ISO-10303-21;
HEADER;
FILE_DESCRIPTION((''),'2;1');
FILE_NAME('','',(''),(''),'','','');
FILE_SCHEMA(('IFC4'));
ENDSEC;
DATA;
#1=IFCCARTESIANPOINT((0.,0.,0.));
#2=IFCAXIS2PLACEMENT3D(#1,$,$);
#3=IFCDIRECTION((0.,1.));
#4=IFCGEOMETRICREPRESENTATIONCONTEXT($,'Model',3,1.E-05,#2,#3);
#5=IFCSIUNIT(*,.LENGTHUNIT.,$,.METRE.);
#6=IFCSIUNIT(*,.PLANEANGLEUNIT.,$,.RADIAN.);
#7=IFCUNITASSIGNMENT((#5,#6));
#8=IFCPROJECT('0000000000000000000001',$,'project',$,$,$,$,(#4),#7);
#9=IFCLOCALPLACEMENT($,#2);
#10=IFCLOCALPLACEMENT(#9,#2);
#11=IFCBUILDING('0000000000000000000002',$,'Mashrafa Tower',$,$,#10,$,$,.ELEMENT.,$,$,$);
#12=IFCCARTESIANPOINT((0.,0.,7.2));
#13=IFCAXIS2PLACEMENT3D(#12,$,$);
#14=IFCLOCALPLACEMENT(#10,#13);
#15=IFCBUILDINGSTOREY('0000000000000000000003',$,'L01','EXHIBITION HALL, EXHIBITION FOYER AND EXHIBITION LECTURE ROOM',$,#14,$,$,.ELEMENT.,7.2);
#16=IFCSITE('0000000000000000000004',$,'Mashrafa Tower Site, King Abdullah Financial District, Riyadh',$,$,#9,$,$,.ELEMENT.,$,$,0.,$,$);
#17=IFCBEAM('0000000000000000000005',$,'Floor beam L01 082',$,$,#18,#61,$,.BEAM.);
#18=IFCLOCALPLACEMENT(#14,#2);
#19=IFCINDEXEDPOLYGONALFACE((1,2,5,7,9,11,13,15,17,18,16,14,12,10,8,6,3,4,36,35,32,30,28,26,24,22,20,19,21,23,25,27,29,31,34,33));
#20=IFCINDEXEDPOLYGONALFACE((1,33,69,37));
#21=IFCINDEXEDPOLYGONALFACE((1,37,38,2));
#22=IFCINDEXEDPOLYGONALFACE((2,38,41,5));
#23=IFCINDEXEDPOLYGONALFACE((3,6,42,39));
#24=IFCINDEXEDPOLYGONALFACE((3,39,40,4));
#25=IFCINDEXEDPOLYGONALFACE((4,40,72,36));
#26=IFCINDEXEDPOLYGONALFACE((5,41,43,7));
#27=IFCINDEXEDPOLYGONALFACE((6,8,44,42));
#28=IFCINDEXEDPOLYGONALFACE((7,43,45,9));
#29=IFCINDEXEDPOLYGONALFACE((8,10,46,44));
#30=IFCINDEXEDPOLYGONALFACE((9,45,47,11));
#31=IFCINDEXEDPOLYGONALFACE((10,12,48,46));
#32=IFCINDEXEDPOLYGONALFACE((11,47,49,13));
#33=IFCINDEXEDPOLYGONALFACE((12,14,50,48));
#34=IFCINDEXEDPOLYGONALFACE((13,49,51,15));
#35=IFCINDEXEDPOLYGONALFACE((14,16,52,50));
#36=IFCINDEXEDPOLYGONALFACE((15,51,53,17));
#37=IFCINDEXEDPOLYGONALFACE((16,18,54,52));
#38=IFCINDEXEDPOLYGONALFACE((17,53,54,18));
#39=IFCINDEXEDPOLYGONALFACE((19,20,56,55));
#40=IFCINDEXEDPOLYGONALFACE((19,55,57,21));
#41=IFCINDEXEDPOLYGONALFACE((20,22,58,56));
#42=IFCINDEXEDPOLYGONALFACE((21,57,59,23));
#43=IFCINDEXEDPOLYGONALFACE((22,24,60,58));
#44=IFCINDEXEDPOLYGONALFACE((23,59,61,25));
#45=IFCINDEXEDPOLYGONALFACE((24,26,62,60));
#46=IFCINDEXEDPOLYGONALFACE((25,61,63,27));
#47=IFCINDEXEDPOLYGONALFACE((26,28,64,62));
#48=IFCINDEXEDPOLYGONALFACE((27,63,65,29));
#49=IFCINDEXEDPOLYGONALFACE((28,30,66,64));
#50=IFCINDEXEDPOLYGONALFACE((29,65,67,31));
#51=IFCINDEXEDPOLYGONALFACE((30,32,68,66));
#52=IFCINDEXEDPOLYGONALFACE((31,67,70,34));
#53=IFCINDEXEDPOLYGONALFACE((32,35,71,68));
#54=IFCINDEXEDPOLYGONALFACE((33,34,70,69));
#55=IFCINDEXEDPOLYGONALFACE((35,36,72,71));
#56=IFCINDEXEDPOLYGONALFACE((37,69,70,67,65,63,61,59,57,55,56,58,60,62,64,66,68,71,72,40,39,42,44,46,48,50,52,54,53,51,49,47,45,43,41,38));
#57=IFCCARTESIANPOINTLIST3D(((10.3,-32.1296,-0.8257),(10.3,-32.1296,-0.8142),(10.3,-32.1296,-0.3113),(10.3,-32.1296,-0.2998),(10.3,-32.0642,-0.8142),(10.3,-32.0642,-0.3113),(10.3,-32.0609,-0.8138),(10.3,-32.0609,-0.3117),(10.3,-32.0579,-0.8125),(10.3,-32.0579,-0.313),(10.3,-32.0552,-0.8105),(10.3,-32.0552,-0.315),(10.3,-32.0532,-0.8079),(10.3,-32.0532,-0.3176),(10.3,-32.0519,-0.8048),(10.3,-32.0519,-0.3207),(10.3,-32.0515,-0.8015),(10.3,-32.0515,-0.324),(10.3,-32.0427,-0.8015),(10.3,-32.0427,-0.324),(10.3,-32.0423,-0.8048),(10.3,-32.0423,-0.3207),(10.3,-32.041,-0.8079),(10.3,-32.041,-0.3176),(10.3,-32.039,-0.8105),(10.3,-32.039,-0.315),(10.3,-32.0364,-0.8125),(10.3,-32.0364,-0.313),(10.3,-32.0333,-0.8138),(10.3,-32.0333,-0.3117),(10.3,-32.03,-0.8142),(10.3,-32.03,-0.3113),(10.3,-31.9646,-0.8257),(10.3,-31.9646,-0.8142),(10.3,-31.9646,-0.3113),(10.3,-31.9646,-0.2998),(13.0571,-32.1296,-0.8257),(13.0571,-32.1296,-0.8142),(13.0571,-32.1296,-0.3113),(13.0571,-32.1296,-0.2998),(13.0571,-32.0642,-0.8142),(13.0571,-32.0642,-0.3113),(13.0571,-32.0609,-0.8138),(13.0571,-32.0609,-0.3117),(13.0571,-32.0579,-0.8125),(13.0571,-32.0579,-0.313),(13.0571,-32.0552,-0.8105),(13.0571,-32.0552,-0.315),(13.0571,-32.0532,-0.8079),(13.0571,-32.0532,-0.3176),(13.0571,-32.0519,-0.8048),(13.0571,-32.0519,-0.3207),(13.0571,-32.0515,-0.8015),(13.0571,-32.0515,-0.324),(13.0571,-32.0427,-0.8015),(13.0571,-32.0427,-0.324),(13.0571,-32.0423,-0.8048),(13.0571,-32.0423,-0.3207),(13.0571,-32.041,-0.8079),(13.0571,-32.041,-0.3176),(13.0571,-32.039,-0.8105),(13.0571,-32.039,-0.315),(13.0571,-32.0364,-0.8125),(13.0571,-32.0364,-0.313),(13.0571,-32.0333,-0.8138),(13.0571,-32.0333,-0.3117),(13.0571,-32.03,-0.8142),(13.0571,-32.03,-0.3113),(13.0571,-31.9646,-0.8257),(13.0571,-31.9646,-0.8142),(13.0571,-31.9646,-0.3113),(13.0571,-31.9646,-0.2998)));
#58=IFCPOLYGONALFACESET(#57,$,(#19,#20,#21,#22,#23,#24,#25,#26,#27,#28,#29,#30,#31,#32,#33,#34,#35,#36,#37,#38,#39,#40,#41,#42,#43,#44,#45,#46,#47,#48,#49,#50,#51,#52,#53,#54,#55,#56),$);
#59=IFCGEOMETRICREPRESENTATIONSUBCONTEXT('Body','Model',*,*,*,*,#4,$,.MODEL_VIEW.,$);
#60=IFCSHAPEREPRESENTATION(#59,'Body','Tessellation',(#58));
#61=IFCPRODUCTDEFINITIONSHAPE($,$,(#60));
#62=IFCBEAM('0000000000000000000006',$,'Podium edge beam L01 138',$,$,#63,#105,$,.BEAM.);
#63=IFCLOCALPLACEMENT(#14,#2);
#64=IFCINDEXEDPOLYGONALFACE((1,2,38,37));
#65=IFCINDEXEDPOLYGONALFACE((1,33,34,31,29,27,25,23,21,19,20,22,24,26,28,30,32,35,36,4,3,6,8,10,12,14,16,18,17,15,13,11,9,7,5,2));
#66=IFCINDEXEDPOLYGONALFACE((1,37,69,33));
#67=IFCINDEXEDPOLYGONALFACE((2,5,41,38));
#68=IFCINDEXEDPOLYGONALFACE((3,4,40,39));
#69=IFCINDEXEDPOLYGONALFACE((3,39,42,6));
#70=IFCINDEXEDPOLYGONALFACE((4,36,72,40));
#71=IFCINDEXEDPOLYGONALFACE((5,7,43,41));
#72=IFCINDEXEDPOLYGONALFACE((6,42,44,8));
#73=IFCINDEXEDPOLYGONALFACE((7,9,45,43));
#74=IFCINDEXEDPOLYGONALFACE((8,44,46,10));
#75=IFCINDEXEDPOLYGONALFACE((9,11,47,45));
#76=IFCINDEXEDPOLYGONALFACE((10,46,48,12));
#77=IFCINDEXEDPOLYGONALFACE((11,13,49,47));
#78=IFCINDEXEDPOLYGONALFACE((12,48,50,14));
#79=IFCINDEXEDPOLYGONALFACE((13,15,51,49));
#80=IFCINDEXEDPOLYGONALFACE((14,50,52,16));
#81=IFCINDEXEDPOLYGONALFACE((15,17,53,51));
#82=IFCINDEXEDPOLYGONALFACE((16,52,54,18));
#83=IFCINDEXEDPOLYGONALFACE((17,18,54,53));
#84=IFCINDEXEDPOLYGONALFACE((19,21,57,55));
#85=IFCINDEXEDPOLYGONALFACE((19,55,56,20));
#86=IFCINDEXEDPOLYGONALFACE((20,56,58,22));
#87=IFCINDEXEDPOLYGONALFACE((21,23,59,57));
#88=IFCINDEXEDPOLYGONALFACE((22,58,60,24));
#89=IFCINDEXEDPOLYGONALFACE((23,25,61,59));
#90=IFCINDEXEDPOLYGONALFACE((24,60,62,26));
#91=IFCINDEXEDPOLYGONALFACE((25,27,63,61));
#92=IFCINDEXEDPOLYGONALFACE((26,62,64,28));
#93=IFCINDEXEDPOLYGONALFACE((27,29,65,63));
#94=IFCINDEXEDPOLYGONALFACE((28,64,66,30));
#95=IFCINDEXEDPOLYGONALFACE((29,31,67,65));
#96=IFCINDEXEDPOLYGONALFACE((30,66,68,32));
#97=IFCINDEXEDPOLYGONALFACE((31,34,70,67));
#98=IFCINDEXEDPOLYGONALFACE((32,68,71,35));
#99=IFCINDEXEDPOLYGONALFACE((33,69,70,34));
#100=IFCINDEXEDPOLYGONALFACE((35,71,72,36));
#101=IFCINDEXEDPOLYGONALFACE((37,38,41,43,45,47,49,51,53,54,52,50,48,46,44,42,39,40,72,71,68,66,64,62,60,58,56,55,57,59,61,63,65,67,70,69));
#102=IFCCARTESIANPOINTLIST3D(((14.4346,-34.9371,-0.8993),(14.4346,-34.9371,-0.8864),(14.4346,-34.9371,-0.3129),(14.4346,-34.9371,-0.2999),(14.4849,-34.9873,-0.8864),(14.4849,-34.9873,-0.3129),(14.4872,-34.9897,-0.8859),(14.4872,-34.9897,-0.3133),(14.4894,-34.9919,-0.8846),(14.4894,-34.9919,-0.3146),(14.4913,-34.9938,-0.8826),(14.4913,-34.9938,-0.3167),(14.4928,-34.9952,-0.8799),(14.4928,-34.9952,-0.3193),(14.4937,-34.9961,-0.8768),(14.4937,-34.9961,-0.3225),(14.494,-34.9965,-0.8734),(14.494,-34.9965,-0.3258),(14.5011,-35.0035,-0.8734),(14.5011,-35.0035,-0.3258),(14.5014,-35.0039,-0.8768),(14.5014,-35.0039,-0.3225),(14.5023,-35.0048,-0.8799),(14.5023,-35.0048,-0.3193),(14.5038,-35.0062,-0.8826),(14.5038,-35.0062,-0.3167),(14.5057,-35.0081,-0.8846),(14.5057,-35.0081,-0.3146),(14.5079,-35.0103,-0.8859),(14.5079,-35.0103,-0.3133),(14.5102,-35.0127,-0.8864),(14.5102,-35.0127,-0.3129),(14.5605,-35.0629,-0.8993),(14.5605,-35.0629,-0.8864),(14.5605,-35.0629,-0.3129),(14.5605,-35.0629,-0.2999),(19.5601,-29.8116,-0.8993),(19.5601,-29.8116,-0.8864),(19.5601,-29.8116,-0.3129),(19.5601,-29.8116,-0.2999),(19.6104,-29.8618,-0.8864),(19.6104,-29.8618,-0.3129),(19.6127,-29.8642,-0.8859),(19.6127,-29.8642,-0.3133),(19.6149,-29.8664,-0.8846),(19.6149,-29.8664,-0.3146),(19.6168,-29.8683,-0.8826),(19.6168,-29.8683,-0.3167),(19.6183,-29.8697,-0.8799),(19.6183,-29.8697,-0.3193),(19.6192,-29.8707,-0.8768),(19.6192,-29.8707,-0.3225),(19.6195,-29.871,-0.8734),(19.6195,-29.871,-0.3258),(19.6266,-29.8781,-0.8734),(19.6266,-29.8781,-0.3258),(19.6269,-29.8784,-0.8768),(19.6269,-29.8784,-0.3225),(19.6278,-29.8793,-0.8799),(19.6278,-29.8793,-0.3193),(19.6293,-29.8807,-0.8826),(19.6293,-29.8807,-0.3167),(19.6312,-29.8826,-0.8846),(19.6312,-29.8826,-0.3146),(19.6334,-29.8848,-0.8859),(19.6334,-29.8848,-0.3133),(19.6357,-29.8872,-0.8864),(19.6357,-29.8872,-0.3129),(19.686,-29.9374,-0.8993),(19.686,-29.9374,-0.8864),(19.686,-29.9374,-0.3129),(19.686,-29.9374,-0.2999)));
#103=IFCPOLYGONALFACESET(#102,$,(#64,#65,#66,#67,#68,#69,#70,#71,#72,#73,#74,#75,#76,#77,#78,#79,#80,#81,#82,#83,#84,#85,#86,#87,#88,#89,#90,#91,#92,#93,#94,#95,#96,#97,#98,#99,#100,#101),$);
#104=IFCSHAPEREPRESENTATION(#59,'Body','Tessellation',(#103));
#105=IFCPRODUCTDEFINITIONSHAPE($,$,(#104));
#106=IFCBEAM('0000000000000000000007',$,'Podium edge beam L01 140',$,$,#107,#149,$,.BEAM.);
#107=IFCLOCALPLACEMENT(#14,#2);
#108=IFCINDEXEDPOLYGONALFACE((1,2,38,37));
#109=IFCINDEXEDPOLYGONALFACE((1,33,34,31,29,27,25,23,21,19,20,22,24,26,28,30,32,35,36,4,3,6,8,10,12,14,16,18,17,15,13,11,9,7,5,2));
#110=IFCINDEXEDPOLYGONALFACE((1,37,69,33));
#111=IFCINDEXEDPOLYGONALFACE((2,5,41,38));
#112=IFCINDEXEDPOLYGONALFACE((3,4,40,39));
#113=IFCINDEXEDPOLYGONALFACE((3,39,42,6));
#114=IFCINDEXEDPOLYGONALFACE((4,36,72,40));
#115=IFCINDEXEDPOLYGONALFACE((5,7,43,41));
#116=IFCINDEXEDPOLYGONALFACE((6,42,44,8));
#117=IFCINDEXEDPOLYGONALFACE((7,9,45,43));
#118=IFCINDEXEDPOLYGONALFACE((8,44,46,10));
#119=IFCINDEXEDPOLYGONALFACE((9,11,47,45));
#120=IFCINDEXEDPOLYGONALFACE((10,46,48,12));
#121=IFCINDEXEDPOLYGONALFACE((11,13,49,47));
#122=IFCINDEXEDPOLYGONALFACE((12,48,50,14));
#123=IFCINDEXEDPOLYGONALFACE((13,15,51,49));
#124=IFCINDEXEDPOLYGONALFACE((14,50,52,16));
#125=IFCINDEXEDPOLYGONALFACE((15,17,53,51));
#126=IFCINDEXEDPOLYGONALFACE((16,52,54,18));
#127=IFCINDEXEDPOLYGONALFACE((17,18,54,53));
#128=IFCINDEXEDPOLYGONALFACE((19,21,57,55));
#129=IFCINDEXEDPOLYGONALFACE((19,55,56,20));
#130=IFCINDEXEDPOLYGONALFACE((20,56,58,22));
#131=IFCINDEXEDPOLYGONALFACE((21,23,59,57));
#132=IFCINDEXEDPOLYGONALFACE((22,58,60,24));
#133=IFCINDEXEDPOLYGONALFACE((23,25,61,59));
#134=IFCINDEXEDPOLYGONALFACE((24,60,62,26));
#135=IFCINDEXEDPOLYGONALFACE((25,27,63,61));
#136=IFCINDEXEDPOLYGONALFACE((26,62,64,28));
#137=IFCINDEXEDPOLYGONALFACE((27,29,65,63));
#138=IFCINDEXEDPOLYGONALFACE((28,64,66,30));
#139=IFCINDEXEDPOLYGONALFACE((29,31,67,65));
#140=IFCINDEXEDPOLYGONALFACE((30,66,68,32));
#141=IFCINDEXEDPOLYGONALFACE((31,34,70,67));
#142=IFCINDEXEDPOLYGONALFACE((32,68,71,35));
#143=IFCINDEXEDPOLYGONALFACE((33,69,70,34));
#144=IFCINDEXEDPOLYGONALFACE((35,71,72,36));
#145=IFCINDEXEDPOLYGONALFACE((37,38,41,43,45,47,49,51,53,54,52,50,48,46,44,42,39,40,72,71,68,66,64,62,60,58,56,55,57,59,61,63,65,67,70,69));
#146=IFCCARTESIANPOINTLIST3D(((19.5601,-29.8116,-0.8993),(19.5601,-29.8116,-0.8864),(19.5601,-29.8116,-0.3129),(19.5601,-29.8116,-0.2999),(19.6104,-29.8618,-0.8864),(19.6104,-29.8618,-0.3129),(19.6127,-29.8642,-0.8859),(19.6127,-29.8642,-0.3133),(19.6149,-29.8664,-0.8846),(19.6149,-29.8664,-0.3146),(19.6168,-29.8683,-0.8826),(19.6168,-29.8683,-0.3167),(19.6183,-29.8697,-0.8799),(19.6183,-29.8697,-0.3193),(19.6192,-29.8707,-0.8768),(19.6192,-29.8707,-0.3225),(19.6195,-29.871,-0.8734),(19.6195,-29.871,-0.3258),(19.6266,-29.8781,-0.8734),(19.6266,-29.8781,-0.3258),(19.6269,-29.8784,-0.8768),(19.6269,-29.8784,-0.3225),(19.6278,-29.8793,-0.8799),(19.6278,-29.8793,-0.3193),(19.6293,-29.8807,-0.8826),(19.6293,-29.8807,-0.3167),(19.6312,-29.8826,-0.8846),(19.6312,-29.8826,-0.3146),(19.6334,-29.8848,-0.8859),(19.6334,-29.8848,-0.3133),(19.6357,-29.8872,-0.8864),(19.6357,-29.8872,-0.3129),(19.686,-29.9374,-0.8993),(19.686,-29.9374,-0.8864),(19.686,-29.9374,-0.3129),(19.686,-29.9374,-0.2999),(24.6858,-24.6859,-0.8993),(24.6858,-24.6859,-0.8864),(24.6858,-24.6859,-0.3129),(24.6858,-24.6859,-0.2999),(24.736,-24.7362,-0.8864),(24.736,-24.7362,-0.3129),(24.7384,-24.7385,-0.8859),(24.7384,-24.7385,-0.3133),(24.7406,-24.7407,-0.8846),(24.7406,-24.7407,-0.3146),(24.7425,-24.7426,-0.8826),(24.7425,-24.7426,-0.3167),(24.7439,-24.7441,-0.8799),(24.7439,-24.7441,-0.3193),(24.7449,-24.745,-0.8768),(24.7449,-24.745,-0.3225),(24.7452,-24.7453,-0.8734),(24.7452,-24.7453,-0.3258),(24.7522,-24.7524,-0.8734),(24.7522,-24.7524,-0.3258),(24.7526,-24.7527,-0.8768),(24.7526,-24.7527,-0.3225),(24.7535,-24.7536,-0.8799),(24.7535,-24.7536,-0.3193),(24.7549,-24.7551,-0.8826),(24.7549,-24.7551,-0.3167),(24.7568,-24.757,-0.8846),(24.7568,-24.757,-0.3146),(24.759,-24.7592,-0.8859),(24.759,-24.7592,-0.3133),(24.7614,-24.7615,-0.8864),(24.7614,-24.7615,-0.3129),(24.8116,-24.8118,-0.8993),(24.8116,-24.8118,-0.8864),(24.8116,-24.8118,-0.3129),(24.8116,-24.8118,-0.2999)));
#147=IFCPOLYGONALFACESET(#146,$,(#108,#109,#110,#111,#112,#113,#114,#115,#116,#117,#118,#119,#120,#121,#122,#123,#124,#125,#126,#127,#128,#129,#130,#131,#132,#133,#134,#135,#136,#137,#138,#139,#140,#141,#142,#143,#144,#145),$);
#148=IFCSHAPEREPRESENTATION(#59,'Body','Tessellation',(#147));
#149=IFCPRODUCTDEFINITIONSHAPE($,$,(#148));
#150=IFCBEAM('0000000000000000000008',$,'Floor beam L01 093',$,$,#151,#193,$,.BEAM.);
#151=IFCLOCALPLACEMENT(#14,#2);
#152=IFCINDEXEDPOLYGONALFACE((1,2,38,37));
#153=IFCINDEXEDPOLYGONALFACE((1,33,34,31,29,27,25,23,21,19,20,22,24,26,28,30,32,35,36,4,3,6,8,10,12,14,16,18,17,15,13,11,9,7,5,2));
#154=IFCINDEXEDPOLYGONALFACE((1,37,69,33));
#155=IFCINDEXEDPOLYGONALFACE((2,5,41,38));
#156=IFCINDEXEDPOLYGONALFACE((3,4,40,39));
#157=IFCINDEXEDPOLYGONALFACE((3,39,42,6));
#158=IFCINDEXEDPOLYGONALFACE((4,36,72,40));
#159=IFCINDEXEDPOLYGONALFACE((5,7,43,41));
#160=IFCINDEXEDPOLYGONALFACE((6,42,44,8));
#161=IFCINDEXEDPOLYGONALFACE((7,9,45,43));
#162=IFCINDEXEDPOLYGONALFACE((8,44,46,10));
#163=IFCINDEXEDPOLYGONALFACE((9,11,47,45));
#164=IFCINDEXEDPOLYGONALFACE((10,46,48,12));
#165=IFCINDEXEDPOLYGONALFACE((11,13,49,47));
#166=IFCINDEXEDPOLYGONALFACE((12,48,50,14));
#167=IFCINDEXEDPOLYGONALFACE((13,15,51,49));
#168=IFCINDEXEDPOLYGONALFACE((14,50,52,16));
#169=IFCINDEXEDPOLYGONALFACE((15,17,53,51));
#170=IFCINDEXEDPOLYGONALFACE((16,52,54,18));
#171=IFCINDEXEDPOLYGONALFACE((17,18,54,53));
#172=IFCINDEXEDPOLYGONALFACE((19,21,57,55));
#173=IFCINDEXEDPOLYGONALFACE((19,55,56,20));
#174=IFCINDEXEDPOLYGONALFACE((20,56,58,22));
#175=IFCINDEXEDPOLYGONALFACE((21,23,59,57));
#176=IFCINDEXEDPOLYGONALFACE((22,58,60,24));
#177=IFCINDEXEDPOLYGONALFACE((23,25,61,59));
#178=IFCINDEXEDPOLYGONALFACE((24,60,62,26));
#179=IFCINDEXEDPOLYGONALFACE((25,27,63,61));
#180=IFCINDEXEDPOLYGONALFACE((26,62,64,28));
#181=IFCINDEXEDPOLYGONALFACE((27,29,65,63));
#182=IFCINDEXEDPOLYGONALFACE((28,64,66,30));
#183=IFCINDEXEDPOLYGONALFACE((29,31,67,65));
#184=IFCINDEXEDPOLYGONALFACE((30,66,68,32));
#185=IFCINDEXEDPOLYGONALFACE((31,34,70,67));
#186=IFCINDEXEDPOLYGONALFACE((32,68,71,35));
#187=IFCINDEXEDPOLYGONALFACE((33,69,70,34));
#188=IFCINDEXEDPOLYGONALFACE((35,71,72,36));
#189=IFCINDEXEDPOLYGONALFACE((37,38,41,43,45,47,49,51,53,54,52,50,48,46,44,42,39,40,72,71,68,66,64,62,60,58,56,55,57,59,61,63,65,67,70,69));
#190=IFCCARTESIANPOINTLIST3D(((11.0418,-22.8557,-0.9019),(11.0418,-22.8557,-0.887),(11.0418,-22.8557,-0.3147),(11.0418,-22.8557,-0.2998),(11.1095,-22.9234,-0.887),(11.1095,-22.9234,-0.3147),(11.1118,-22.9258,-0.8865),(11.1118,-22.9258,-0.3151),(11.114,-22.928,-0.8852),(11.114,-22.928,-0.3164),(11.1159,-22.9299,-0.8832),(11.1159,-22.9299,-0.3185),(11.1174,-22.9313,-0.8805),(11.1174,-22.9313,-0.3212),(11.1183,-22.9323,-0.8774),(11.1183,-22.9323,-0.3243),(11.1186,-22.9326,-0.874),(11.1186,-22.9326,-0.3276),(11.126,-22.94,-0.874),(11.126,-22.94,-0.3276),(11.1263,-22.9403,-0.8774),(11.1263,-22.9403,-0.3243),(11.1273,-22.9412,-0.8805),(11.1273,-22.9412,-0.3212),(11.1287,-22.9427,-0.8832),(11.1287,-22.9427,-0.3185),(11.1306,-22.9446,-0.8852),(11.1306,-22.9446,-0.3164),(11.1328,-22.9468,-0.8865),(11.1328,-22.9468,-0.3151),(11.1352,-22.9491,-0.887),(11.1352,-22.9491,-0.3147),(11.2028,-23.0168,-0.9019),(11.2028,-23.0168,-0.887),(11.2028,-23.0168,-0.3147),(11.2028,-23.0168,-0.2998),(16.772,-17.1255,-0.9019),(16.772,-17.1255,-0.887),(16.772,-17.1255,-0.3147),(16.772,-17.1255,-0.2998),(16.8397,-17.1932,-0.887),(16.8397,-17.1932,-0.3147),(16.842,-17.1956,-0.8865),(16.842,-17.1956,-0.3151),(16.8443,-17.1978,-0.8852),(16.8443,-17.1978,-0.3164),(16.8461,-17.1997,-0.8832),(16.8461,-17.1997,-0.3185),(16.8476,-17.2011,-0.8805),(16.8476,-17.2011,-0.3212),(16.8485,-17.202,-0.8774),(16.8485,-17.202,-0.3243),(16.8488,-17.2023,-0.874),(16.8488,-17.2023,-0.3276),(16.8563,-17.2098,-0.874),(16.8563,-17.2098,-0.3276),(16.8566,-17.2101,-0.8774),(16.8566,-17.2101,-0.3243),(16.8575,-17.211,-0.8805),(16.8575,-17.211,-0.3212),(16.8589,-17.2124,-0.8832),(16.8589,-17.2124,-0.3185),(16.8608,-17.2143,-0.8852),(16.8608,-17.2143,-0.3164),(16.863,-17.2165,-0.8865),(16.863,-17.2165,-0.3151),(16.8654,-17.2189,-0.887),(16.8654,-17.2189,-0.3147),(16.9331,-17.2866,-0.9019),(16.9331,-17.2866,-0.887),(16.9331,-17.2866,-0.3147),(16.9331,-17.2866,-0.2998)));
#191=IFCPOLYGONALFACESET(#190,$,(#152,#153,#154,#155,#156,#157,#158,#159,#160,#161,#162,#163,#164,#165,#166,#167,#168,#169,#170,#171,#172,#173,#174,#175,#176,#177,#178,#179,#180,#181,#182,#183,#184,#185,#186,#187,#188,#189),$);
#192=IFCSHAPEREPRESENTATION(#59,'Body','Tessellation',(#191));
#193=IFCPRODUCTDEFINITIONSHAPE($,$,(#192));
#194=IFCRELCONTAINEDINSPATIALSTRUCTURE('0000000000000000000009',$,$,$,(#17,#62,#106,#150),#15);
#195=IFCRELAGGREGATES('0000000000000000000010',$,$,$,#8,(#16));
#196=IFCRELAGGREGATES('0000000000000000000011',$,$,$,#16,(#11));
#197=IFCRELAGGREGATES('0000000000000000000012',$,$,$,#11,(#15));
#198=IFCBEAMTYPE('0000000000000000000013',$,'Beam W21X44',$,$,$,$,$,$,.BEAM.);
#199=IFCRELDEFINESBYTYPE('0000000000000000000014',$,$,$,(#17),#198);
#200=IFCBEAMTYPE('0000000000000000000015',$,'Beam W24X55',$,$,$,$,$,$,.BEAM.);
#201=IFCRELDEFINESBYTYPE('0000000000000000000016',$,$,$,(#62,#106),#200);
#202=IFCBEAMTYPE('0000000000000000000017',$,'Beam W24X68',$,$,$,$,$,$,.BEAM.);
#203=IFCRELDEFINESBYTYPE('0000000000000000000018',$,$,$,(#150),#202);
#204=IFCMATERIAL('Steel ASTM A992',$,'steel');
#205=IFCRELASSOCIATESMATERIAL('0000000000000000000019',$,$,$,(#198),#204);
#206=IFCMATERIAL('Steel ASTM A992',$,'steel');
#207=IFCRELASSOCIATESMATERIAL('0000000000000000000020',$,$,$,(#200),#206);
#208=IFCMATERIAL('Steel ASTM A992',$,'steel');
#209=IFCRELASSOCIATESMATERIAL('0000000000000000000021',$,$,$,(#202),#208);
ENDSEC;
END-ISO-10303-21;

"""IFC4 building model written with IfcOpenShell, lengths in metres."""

from ifc_helpers import new_model, si_unit, direction, frame, origin, origin_2d, place, context, subcontext, project, spatial, i_section, extrude, material, material_profile, profile_set, type_object, element, save


model = new_model("IFC4")

# Units and contexts
model_context = context("Model", 3, precision=1e-05, world=origin(), true_north=direction((0.0, 1.0)))
body_context = subcontext(model_context, "Body", "Model", "MODEL_VIEW")
ifc_project = project(units=[si_unit("LENGTHUNIT", "METRE"), si_unit("PLANEANGLEUNIT", "RADIAN")], contexts=[model_context])

# Site, building, storey
site_placement = place(None, origin())
site = spatial("IfcSite", under=ifc_project, at=site_placement, Name="Mashrafa Tower Site, King Abdullah Financial District, Riyadh", CompositionType="ELEMENT", RefElevation=0.0)
building_placement = place(site_placement, origin())
building = spatial("IfcBuilding", under=site, at=building_placement, Name="Mashrafa Tower", CompositionType="ELEMENT")
storey_placement = place(building_placement, frame((0.0, 0.0, 7.2)))
storey = spatial("IfcBuildingStorey", under=building, at=storey_placement, Name="L01", Description="EXHIBITION HALL, EXHIBITION FOYER AND EXHIBITION LECTURE ROOM", CompositionType="ELEMENT", Elevation=7.2)

# Beams
ifc_material_1 = material(Name="Steel ASTM A992", Category="steel")
ifc_material_profile_1 = material_profile(ifc_material_1, i_section(OverallWidth=0.165, OverallDepth=0.5259, WebThickness=0.0088, FlangeThickness=0.0115, FilletRadius=0.0127, at=origin_2d()), Name="W21X44")
ifc_profile_set_1 = profile_set([ifc_material_profile_1], Name="Steel ASTM A992")
beam_type_1 = type_object("IfcBeamType", Name="Beam W21X44", PredefinedType="BEAM", material=ifc_profile_set_1)
beam_1_placement = place(storey_placement, frame((13.0571, -32.0471, -0.5627), z_axis=(-1.0, 0.0, 0.0), x_axis=(0.0, -1.0, 0.0)))
element("IfcBeam", 1, at=beam_1_placement, inside=storey, type_object=beam_type_1, Name="Floor beam L01 082", PredefinedType="BEAM", context=body_context, shape_type="SweptSolid", body=[
    extrude(i_section(OverallWidth=0.165, OverallDepth=0.5259, WebThickness=0.0088, FlangeThickness=0.0115, FilletRadius=0.0127, at=origin_2d()), origin(), (0.0, 0.0, 1.0), 2.7571),
])
ifc_material_2 = material(Name="Steel ASTM A992", Category="steel")
ifc_material_profile_2 = material_profile(ifc_material_2, i_section(OverallWidth=0.178, OverallDepth=0.5994, WebThickness=0.01, FlangeThickness=0.0129, FilletRadius=0.0129, at=origin_2d()), Name="W24X55")
ifc_profile_set_2 = profile_set([ifc_material_profile_2], Name="Steel ASTM A992")
beam_type_2 = type_object("IfcBeamType", Name="Beam W24X55", PredefinedType="BEAM", material=ifc_profile_set_2)
beam_2_placement = place(storey_placement, frame((14.4976, -35.0, -0.5996), z_axis=(0.707107, 0.707107, 0.0), x_axis=(-0.707107, 0.707107, 0.0)))
element("IfcBeam", 2, at=beam_2_placement, inside=storey, type_object=beam_type_2, Name="Podium edge beam L01 138", PredefinedType="BEAM", context=body_context, shape_type="SweptSolid", body=[
    extrude(i_section(OverallWidth=0.178, OverallDepth=0.5994, WebThickness=0.01, FlangeThickness=0.0129, FilletRadius=0.0129, at=origin_2d()), origin(), (0.0, 0.0, 1.0), 7.2485),
])
beam_3_placement = place(storey_placement, frame((19.623, -29.8745, -0.5996), z_axis=(0.707107, 0.707107, 0.0), x_axis=(-0.707107, 0.707107, 0.0)))
element("IfcBeam", 3, at=beam_3_placement, inside=storey, type_object=beam_type_2, Name="Podium edge beam L01 140", PredefinedType="BEAM", context=body_context, shape_type="SweptSolid", body=[
    extrude(i_section(OverallWidth=0.178, OverallDepth=0.5994, WebThickness=0.01, FlangeThickness=0.0129, FilletRadius=0.0129, at=origin_2d()), origin(), (0.0, 0.0, 1.0), 7.2488),
])
ifc_material_3 = material(Name="Steel ASTM A992", Category="steel")
ifc_material_profile_3 = material_profile(ifc_material_3, i_section(OverallWidth=0.2278, OverallDepth=0.6021, WebThickness=0.0105, FlangeThickness=0.0149, FilletRadius=0.0129, at=origin_2d()), Name="W24X68")
ifc_profile_set_3 = profile_set([ifc_material_profile_3], Name="Steel ASTM A992")
beam_type_3 = type_object("IfcBeamType", Name="Beam W24X68", PredefinedType="BEAM", material=ifc_profile_set_3)
beam_4_placement = place(storey_placement, frame((16.8525, -17.2061, -0.6008), z_axis=(-0.707107, -0.707107, 0.0), x_axis=(0.707107, -0.707107, 0.0)))
element("IfcBeam", 4, at=beam_4_placement, inside=storey, type_object=beam_type_3, Name="Floor beam L01 093", PredefinedType="BEAM", context=body_context, shape_type="SweptSolid", body=[
    extrude(i_section(OverallWidth=0.2278, OverallDepth=0.6021, WebThickness=0.0105, FlangeThickness=0.0149, FilletRadius=0.0129, at=origin_2d()), origin(), (0.0, 0.0, 1.0), 8.1038),
])

save(model, "model.ifc")
